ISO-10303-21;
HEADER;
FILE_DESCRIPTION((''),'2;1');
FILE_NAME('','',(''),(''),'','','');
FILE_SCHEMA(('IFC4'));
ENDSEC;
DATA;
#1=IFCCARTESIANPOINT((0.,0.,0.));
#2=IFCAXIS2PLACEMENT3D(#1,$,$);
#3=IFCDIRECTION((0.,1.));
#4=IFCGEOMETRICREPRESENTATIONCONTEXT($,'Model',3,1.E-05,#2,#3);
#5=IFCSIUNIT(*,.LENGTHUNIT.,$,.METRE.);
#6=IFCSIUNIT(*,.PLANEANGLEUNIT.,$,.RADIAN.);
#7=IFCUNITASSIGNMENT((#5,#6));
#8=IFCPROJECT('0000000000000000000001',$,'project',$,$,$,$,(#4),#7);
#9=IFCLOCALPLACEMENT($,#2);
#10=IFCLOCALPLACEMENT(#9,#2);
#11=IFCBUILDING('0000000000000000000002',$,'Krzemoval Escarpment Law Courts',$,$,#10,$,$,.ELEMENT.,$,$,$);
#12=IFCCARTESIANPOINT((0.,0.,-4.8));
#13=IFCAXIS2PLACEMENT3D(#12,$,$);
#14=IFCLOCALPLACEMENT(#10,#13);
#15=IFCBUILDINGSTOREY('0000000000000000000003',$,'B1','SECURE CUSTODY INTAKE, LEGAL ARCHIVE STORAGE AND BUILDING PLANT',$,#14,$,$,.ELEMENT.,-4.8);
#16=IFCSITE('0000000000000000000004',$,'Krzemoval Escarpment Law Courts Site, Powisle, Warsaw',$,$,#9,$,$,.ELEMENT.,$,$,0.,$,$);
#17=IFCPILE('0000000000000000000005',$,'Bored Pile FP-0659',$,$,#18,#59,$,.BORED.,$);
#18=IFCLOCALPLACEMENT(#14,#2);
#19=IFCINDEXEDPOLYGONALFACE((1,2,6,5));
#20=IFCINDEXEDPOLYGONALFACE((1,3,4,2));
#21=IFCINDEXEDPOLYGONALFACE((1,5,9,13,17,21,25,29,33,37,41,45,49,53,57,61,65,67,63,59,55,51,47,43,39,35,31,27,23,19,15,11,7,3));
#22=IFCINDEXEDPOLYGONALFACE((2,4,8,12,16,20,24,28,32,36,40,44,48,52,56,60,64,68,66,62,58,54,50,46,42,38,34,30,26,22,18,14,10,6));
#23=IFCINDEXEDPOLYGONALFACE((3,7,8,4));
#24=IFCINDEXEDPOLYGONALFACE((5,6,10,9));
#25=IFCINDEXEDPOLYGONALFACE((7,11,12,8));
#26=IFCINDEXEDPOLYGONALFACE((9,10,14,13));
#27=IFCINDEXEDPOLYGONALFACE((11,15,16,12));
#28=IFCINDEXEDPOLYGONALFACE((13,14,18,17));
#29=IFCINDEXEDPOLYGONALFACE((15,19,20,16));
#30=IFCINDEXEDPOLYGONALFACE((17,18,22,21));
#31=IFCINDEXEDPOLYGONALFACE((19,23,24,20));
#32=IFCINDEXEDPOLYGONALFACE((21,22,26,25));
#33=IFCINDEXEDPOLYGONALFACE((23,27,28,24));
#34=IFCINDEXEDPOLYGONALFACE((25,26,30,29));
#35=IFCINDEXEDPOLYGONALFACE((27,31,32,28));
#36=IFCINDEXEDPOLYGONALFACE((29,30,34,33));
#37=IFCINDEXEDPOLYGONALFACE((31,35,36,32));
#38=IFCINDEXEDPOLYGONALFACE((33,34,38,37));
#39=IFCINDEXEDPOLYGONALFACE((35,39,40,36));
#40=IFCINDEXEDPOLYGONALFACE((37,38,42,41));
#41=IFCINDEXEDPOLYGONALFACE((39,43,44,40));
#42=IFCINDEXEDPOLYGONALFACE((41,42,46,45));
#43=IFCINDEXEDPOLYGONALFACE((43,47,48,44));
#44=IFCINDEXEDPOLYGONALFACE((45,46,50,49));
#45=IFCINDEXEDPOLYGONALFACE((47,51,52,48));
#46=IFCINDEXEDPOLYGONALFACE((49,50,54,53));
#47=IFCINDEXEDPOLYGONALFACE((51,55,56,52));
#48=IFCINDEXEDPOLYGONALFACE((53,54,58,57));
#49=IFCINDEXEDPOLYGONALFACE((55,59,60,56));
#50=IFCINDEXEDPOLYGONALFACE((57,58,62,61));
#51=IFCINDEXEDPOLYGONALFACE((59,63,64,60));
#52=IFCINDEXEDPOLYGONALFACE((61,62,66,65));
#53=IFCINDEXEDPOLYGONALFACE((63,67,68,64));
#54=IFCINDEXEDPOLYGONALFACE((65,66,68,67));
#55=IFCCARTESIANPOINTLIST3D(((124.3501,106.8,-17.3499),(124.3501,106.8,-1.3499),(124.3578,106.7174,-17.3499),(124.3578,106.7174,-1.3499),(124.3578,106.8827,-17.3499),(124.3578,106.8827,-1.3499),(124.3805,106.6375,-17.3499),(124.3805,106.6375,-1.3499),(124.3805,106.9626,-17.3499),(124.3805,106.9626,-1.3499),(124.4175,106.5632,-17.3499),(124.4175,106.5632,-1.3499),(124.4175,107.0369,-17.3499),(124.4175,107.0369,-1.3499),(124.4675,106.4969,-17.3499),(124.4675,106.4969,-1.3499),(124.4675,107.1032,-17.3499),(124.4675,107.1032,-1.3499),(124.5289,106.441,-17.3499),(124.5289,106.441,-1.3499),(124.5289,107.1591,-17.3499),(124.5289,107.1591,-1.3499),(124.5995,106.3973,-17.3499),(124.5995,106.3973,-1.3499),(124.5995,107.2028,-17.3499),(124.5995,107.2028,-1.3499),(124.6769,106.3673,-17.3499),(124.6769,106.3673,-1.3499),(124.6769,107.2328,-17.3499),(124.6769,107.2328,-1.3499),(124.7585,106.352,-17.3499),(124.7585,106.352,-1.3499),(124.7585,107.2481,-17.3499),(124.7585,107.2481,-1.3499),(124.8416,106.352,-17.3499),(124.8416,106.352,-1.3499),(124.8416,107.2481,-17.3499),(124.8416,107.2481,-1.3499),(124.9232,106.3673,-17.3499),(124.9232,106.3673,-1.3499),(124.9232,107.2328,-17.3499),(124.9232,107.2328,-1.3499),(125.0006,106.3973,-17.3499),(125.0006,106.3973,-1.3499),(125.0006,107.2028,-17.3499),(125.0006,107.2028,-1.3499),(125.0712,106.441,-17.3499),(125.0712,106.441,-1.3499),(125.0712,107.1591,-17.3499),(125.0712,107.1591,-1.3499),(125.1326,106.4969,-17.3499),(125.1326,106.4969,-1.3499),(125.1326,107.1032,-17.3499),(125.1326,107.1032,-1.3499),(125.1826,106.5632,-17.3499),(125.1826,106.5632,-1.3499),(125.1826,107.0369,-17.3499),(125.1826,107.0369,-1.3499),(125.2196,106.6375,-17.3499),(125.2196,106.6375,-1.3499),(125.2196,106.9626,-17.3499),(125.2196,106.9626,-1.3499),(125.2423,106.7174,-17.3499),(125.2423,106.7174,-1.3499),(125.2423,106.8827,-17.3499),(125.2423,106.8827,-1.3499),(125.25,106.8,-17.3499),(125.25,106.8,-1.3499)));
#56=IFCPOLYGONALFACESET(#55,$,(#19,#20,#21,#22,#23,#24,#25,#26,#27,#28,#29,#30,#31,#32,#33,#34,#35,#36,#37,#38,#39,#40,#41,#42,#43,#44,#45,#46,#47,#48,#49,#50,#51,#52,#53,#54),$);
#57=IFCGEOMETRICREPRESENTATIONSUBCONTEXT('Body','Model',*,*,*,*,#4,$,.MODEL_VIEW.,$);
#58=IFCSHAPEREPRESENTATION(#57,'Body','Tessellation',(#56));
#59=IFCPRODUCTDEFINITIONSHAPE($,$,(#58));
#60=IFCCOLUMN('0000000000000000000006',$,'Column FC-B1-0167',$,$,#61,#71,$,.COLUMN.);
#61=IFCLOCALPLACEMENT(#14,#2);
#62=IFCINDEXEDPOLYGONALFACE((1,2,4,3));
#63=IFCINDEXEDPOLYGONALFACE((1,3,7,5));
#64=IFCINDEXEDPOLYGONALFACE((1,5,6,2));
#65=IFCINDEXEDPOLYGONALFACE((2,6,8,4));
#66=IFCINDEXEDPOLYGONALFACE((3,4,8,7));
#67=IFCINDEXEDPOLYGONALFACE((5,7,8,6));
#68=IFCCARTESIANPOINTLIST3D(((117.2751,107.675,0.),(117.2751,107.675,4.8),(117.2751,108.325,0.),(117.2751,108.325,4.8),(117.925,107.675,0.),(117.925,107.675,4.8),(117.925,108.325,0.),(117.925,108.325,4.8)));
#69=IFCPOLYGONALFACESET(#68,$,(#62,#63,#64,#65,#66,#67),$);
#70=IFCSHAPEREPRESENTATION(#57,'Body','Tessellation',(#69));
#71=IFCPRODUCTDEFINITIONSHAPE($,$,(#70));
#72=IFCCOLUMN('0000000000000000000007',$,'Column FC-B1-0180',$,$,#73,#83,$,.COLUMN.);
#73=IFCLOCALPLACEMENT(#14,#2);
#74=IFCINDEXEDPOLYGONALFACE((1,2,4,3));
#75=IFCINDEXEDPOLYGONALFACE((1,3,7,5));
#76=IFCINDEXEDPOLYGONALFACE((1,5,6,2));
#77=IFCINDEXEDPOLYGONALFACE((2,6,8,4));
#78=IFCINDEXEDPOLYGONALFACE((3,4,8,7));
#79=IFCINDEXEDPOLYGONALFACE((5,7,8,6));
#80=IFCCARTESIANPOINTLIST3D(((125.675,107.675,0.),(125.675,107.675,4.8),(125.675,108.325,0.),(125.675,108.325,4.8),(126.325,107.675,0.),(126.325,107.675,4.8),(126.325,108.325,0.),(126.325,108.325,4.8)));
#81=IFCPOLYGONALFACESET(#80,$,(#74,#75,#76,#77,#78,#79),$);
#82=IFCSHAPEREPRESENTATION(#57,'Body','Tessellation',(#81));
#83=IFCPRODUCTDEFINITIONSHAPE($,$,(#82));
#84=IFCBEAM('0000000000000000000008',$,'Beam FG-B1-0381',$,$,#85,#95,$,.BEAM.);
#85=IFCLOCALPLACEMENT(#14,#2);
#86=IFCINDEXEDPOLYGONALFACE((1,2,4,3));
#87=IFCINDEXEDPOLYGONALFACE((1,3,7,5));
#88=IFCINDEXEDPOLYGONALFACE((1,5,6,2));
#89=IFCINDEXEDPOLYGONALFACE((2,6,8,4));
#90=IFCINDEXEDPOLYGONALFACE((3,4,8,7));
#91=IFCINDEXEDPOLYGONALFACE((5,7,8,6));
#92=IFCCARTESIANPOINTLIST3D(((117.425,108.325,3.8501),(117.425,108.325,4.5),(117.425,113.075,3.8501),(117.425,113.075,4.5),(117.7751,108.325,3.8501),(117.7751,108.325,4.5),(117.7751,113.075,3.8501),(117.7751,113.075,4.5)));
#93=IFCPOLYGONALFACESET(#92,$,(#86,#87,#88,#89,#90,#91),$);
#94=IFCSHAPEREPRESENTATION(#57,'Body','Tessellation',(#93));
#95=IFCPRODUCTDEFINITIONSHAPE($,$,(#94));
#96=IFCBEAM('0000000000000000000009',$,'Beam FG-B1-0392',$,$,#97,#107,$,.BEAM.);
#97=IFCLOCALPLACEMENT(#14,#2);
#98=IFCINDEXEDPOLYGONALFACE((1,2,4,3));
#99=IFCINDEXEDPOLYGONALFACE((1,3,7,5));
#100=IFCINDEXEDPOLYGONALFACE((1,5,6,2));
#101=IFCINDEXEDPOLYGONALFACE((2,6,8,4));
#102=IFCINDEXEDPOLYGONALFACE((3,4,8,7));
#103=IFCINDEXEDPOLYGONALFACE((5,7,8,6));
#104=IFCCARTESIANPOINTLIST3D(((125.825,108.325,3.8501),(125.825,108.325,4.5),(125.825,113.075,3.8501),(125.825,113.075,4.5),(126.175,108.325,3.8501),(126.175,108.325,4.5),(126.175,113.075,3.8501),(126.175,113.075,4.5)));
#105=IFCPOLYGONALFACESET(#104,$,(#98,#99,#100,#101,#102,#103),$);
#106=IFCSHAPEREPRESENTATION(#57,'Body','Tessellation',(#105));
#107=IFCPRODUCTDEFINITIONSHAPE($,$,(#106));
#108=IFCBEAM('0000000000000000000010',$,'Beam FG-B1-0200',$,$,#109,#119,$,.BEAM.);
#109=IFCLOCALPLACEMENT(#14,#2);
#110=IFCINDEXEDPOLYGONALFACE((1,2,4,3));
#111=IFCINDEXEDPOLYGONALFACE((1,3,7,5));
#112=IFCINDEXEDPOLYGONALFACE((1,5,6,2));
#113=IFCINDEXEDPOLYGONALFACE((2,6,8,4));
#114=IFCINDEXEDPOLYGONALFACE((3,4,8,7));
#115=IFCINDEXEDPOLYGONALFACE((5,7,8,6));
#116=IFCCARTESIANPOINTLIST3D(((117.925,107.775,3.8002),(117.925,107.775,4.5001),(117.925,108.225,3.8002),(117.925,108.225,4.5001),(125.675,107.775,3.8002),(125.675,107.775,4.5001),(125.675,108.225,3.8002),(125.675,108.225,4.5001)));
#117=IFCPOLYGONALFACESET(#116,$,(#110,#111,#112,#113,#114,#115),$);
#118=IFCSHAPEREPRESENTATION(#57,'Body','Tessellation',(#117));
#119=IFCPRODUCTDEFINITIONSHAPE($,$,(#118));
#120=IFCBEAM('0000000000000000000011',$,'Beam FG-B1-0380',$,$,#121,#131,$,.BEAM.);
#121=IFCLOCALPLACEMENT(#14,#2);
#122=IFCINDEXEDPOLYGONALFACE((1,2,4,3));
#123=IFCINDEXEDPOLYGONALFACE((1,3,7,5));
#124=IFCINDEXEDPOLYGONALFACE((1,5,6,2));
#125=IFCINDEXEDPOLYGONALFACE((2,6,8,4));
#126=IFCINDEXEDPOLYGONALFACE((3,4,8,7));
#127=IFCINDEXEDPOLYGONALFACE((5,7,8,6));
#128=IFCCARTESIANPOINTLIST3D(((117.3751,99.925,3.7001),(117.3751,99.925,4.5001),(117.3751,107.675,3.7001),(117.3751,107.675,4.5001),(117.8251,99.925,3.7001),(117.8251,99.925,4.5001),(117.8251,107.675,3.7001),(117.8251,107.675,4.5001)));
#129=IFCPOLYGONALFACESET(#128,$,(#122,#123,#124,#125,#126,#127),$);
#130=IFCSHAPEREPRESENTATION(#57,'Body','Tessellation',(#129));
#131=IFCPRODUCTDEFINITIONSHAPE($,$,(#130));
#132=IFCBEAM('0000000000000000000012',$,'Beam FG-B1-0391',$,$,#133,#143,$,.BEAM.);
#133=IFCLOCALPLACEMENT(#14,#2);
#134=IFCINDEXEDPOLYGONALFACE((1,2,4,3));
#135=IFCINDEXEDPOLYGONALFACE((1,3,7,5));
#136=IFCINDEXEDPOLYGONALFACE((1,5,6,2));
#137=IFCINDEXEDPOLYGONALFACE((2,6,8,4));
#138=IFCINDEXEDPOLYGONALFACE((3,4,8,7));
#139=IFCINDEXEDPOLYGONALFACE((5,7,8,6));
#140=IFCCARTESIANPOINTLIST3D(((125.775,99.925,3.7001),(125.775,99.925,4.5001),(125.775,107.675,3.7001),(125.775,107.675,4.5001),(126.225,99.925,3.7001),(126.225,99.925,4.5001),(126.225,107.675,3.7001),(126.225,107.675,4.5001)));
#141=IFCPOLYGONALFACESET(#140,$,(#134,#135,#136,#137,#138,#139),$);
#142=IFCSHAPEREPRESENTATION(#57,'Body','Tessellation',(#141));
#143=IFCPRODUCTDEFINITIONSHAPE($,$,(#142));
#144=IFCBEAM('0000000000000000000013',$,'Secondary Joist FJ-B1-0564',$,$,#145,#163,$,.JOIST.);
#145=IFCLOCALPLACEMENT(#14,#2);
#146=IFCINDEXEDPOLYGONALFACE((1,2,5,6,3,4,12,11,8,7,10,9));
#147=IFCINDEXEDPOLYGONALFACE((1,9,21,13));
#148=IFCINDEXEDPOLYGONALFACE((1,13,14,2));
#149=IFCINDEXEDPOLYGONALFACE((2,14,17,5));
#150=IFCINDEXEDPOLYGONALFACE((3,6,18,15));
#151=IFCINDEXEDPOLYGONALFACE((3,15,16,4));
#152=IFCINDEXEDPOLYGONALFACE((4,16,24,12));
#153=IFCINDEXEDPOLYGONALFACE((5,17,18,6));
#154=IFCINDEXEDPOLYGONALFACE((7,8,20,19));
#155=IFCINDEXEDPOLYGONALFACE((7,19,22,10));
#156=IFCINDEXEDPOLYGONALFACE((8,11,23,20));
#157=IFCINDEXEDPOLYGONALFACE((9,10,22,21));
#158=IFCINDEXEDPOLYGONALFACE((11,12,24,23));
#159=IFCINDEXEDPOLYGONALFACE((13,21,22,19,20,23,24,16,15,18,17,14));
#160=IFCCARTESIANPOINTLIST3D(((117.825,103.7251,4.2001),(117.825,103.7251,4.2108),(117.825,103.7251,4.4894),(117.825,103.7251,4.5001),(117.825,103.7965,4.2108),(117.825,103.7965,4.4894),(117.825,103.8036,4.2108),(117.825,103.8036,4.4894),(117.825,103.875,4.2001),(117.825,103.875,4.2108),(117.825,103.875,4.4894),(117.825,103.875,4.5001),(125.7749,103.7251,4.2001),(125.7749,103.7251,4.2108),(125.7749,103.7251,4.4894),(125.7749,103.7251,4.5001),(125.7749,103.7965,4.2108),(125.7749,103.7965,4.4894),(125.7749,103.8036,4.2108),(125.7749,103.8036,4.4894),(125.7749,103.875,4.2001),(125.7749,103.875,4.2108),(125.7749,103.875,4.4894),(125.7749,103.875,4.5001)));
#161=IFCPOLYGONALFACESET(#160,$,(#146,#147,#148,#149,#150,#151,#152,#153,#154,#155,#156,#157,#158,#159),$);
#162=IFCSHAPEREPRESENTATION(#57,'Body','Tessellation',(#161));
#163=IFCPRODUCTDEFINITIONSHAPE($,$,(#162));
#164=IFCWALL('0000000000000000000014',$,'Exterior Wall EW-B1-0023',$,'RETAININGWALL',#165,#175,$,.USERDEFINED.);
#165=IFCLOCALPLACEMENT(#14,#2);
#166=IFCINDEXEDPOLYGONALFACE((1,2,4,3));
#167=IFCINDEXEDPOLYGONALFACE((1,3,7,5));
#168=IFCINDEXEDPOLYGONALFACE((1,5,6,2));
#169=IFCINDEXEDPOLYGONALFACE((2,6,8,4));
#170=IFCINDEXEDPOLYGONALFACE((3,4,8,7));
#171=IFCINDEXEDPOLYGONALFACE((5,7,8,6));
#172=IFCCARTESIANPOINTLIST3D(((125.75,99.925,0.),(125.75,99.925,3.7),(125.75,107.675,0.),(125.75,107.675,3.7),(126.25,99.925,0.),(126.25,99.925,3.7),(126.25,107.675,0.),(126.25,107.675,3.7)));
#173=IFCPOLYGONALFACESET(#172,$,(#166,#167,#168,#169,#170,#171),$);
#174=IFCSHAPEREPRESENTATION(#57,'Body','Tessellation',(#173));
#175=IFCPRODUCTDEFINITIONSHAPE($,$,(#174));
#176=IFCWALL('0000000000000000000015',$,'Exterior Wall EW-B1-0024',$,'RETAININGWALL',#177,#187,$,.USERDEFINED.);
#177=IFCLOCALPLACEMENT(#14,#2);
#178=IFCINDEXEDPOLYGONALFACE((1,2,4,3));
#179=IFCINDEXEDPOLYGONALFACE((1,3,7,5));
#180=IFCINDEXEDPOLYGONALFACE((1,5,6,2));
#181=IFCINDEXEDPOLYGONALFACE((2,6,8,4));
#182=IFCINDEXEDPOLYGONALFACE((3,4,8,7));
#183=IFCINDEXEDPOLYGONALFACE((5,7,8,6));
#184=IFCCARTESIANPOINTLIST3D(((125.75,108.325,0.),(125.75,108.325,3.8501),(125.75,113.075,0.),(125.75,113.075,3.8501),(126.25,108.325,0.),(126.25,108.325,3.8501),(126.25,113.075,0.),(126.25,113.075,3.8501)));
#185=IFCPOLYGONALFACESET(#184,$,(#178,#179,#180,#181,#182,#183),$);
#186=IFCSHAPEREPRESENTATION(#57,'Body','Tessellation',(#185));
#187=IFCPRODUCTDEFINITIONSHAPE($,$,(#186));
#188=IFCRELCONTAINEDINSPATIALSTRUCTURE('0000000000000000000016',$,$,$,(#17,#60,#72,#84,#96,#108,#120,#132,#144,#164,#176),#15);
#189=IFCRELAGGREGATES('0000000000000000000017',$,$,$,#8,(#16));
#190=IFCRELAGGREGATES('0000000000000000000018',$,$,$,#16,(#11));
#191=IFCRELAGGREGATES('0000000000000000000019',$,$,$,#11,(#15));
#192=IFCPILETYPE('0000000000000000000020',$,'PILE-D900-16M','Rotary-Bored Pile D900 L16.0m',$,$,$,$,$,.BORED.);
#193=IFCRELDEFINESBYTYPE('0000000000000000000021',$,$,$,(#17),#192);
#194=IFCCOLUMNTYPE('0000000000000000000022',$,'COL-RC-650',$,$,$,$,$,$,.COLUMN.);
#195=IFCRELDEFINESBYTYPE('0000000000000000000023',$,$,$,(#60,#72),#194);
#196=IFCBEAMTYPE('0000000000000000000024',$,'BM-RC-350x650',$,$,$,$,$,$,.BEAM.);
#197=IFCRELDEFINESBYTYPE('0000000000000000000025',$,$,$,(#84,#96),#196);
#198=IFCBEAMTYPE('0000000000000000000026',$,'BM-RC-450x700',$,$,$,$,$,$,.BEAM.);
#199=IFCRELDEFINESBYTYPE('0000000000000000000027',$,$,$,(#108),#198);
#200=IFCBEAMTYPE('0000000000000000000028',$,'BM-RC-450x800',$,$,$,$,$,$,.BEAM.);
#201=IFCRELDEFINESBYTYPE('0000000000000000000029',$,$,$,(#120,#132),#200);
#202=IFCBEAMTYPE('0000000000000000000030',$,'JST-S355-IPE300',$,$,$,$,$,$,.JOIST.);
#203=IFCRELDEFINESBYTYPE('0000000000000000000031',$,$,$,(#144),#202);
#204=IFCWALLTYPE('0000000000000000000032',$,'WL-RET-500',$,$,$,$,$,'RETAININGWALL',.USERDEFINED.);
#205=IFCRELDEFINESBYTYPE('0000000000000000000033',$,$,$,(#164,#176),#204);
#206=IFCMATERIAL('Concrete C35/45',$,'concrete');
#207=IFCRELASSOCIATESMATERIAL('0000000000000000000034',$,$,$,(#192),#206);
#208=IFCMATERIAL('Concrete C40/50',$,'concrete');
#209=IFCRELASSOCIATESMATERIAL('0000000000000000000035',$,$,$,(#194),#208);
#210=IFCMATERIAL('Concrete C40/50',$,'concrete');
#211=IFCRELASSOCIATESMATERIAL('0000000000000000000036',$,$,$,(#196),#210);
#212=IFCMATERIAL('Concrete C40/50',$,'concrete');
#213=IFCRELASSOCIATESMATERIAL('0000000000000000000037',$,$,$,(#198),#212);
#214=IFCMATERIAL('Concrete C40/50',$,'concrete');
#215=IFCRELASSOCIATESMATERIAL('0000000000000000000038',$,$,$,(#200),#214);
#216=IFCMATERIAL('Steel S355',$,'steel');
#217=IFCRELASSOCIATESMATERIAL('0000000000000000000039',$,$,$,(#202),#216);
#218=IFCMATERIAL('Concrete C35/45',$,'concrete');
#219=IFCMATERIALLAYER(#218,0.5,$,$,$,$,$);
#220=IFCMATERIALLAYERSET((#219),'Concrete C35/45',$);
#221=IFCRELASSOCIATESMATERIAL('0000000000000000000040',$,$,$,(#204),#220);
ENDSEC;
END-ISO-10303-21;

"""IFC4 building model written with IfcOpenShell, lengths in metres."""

from ifc_helpers import new_model, si_unit, direction, frame, frame_2d, origin, origin_2d, place, context, subcontext, project, spatial, rectangle, circle, i_section, extrude, material, layer, layer_set, material_profile, profile_set, type_object, element, save


model = new_model("IFC4")

# Units and contexts
model_context = context("Model", 3, precision=1e-05, world=origin(), true_north=direction((0.0, 1.0)))
body_context = subcontext(model_context, "Body", "Model", "MODEL_VIEW")
ifc_project = project(units=[si_unit("LENGTHUNIT", "METRE"), si_unit("PLANEANGLEUNIT", "RADIAN")], contexts=[model_context])

# Site, building, storey
site_placement = place(None, origin())
site = spatial("IfcSite", under=ifc_project, at=site_placement, Name="Krzemoval Escarpment Law Courts Site, Powisle, Warsaw", CompositionType="ELEMENT", RefElevation=0.0)
building_placement = place(site_placement, origin())
building = spatial("IfcBuilding", under=site, at=building_placement, Name="Krzemoval Escarpment Law Courts", CompositionType="ELEMENT")
storey_placement = place(building_placement, frame((0.0, 0.0, -4.8)))
storey = spatial("IfcBuildingStorey", under=building, at=storey_placement, Name="B1", Description="SECURE CUSTODY INTAKE, LEGAL ARCHIVE STORAGE AND BUILDING PLANT", CompositionType="ELEMENT", Elevation=-4.8)

# Pile
ifc_material_1 = material(Name="Concrete C35/45", Category="concrete")
ifc_material_profile_1 = material_profile(ifc_material_1, circle(Radius=0.45, at=origin_2d()), Name="PILE D900")
ifc_profile_set_1 = profile_set([ifc_material_profile_1], Name="Concrete C35/45")
pile_type = type_object("IfcPileType", Name="PILE-D900-16M", Description="Rotary-Bored Pile D900 L16.0m", PredefinedType="BORED", material=ifc_profile_set_1)
for number, where, z_axis, x_axis, name in (
    (1, (124.8, 106.8, -1.3499), (0.0, 0.0, -1.0), (1.0, 0.0, 0.0), "Bored Pile FP-0659"),
):
    element("IfcPile", number, at=place(storey_placement, frame(where, z_axis=z_axis, x_axis=x_axis)), inside=storey, type_object=pile_type, Name=name, PredefinedType="BORED", context=body_context, shape_type="SweptSolid", body=[
        extrude(circle(Radius=0.45, at=origin_2d()), origin(), (0.0, 0.0, 1.0), 16.0),
    ])

# Columns
ifc_material_2 = material(Name="Concrete C40/50", Category="concrete")
ifc_material_profile_2 = material_profile(ifc_material_2, rectangle(XDim=0.6499, YDim=0.6499, at=origin_2d()), Name="RC 650x650")
ifc_profile_set_2 = profile_set([ifc_material_profile_2], Name="Concrete C40/50")
column_type = type_object("IfcColumnType", Name="COL-RC-650", PredefinedType="COLUMN", material=ifc_profile_set_2)
for number, where, z_axis, x_axis, name in (
    (2, (117.6001, 108.0, 0.0), (0.0, 0.0, 1.0), (1.0, 0.0, 0.0), "Column FC-B1-0167"),
    (3, (126.0, 108.0, 0.0), (0.0, 0.0, 1.0), (1.0, 0.0, 0.0), "Column FC-B1-0180"),
):
    element("IfcColumn", number, at=place(storey_placement, frame(where, z_axis=z_axis, x_axis=x_axis)), inside=storey, type_object=column_type, Name=name, PredefinedType="COLUMN", context=body_context, shape_type="SweptSolid", body=[
        extrude(rectangle(XDim=0.6499, YDim=0.6499, at=origin_2d()), origin(), (0.0, 0.0, 1.0), 4.8),
    ])

# Beams
ifc_material_3 = material(Name="Concrete C40/50", Category="concrete")
ifc_material_profile_3 = material_profile(ifc_material_3, rectangle(XDim=0.3501, YDim=0.6499, at=origin_2d()), Name="RCB 350x650")
ifc_profile_set_3 = profile_set([ifc_material_profile_3], Name="Concrete C40/50")
beam_type_1 = type_object("IfcBeamType", Name="BM-RC-350x650", PredefinedType="BEAM", material=ifc_profile_set_3)
for number, where, z_axis, x_axis, name in (
    (4, (117.6001, 108.325, 4.175), (0.0, 1.0, 0.0), (-1.0, 0.0, 0.0), "Beam FG-B1-0381"),
    (5, (126.0, 108.325, 4.175), (0.0, 1.0, 0.0), (-1.0, 0.0, 0.0), "Beam FG-B1-0392"),
):
    element("IfcBeam", number, at=place(storey_placement, frame(where, z_axis=z_axis, x_axis=x_axis)), inside=storey, type_object=beam_type_1, Name=name, PredefinedType="BEAM", context=body_context, shape_type="SweptSolid", body=[
        extrude(rectangle(XDim=0.3501, YDim=0.6499, at=origin_2d()), origin(), (0.0, 0.0, 1.0), 4.75),
    ])
ifc_material_4 = material(Name="Concrete C40/50", Category="concrete")
ifc_material_profile_4 = material_profile(ifc_material_4, rectangle(XDim=0.45, YDim=0.7, at=origin_2d()), Name="RCB 450x700")
ifc_profile_set_4 = profile_set([ifc_material_profile_4], Name="Concrete C40/50")
beam_type_2 = type_object("IfcBeamType", Name="BM-RC-450x700", PredefinedType="BEAM", material=ifc_profile_set_4)
beam_1_placement = place(storey_placement, frame((117.925, 108.0, 4.1501), z_axis=(1.0, 0.0, 0.0), x_axis=(0.0, 1.0, 0.0)))
element("IfcBeam", 6, at=beam_1_placement, inside=storey, type_object=beam_type_2, Name="Beam FG-B1-0200", PredefinedType="BEAM", context=body_context, shape_type="SweptSolid", body=[
    extrude(rectangle(XDim=0.45, YDim=0.7, at=origin_2d()), origin(), (0.0, 0.0, 1.0), 7.75),
])
ifc_material_5 = material(Name="Concrete C40/50", Category="concrete")
ifc_material_profile_5 = material_profile(ifc_material_5, rectangle(XDim=0.45, YDim=0.8, at=origin_2d()), Name="RCB 450x800")
ifc_profile_set_5 = profile_set([ifc_material_profile_5], Name="Concrete C40/50")
beam_type_3 = type_object("IfcBeamType", Name="BM-RC-450x800", PredefinedType="BEAM", material=ifc_profile_set_5)
for number, where, z_axis, x_axis, name in (
    (7, (117.6001, 99.925, 4.1001), (0.0, 1.0, 0.0), (-1.0, 0.0, 0.0), "Beam FG-B1-0380"),
    (8, (126.0, 99.925, 4.1001), (0.0, 1.0, 0.0), (-1.0, 0.0, 0.0), "Beam FG-B1-0391"),
):
    element("IfcBeam", number, at=place(storey_placement, frame(where, z_axis=z_axis, x_axis=x_axis)), inside=storey, type_object=beam_type_3, Name=name, PredefinedType="BEAM", context=body_context, shape_type="SweptSolid", body=[
        extrude(rectangle(XDim=0.45, YDim=0.8, at=origin_2d()), origin(), (0.0, 0.0, 1.0), 7.75),
    ])
ifc_material_6 = material(Name="Steel S355", Category="steel")
ifc_material_profile_6 = material_profile(ifc_material_6, i_section(OverallWidth=0.1499, OverallDepth=0.3, WebThickness=0.0071, FlangeThickness=0.0107, at=origin_2d()), Name="IPE 300")
ifc_profile_set_6 = profile_set([ifc_material_profile_6], Name="Steel S355")
beam_type_4 = type_object("IfcBeamType", Name="JST-S355-IPE300", PredefinedType="JOIST", material=ifc_profile_set_6)
beam_2_placement = place(storey_placement, frame((117.825, 103.8, 4.3501), z_axis=(1.0, 0.0, 0.0), x_axis=(0.0, 1.0, 0.0)))
element("IfcBeam", 9, at=beam_2_placement, inside=storey, type_object=beam_type_4, Name="Secondary Joist FJ-B1-0564", PredefinedType="JOIST", context=body_context, shape_type="SweptSolid", body=[
    extrude(i_section(OverallWidth=0.1499, OverallDepth=0.3, WebThickness=0.0071, FlangeThickness=0.0107, at=origin_2d()), origin(), (0.0, 0.0, 1.0), 7.95),
])

# Walls
ifc_material_7 = material(Name="Concrete C35/45", Category="concrete")
ifc_layer = layer(ifc_material_7, 0.5)
ifc_layer_set = layer_set([ifc_layer], Name="Concrete C35/45")
wall_type = type_object("IfcWallType", Name="WL-RET-500", ElementType="RETAININGWALL", PredefinedType="USERDEFINED", material=ifc_layer_set)
wall_1_placement = place(storey_placement, frame((126.0, 99.925, 0.0), z_axis=(0.0, 0.0, 1.0), x_axis=(0.0, 1.0, 0.0)))
element("IfcWall", 10, at=wall_1_placement, inside=storey, type_object=wall_type, Name="Exterior Wall EW-B1-0023", ObjectType="RETAININGWALL", PredefinedType="USERDEFINED", context=body_context, shape_type="SweptSolid", body=[
    extrude(rectangle(XDim=7.75, YDim=0.5, at=frame_2d((3.875, 0.0))), origin(), (0.0, 0.0, 1.0), 3.7),
])
wall_2_placement = place(storey_placement, frame((126.0, 108.325, 0.0), z_axis=(0.0, 0.0, 1.0), x_axis=(0.0, 1.0, 0.0)))
element("IfcWall", 11, at=wall_2_placement, inside=storey, type_object=wall_type, Name="Exterior Wall EW-B1-0024", ObjectType="RETAININGWALL", PredefinedType="USERDEFINED", context=body_context, shape_type="SweptSolid", body=[
    extrude(rectangle(XDim=4.75, YDim=0.5, at=frame_2d((2.375, 0.0))), origin(), (0.0, 0.0, 1.0), 3.8501),
])

save(model, "model.ifc")
